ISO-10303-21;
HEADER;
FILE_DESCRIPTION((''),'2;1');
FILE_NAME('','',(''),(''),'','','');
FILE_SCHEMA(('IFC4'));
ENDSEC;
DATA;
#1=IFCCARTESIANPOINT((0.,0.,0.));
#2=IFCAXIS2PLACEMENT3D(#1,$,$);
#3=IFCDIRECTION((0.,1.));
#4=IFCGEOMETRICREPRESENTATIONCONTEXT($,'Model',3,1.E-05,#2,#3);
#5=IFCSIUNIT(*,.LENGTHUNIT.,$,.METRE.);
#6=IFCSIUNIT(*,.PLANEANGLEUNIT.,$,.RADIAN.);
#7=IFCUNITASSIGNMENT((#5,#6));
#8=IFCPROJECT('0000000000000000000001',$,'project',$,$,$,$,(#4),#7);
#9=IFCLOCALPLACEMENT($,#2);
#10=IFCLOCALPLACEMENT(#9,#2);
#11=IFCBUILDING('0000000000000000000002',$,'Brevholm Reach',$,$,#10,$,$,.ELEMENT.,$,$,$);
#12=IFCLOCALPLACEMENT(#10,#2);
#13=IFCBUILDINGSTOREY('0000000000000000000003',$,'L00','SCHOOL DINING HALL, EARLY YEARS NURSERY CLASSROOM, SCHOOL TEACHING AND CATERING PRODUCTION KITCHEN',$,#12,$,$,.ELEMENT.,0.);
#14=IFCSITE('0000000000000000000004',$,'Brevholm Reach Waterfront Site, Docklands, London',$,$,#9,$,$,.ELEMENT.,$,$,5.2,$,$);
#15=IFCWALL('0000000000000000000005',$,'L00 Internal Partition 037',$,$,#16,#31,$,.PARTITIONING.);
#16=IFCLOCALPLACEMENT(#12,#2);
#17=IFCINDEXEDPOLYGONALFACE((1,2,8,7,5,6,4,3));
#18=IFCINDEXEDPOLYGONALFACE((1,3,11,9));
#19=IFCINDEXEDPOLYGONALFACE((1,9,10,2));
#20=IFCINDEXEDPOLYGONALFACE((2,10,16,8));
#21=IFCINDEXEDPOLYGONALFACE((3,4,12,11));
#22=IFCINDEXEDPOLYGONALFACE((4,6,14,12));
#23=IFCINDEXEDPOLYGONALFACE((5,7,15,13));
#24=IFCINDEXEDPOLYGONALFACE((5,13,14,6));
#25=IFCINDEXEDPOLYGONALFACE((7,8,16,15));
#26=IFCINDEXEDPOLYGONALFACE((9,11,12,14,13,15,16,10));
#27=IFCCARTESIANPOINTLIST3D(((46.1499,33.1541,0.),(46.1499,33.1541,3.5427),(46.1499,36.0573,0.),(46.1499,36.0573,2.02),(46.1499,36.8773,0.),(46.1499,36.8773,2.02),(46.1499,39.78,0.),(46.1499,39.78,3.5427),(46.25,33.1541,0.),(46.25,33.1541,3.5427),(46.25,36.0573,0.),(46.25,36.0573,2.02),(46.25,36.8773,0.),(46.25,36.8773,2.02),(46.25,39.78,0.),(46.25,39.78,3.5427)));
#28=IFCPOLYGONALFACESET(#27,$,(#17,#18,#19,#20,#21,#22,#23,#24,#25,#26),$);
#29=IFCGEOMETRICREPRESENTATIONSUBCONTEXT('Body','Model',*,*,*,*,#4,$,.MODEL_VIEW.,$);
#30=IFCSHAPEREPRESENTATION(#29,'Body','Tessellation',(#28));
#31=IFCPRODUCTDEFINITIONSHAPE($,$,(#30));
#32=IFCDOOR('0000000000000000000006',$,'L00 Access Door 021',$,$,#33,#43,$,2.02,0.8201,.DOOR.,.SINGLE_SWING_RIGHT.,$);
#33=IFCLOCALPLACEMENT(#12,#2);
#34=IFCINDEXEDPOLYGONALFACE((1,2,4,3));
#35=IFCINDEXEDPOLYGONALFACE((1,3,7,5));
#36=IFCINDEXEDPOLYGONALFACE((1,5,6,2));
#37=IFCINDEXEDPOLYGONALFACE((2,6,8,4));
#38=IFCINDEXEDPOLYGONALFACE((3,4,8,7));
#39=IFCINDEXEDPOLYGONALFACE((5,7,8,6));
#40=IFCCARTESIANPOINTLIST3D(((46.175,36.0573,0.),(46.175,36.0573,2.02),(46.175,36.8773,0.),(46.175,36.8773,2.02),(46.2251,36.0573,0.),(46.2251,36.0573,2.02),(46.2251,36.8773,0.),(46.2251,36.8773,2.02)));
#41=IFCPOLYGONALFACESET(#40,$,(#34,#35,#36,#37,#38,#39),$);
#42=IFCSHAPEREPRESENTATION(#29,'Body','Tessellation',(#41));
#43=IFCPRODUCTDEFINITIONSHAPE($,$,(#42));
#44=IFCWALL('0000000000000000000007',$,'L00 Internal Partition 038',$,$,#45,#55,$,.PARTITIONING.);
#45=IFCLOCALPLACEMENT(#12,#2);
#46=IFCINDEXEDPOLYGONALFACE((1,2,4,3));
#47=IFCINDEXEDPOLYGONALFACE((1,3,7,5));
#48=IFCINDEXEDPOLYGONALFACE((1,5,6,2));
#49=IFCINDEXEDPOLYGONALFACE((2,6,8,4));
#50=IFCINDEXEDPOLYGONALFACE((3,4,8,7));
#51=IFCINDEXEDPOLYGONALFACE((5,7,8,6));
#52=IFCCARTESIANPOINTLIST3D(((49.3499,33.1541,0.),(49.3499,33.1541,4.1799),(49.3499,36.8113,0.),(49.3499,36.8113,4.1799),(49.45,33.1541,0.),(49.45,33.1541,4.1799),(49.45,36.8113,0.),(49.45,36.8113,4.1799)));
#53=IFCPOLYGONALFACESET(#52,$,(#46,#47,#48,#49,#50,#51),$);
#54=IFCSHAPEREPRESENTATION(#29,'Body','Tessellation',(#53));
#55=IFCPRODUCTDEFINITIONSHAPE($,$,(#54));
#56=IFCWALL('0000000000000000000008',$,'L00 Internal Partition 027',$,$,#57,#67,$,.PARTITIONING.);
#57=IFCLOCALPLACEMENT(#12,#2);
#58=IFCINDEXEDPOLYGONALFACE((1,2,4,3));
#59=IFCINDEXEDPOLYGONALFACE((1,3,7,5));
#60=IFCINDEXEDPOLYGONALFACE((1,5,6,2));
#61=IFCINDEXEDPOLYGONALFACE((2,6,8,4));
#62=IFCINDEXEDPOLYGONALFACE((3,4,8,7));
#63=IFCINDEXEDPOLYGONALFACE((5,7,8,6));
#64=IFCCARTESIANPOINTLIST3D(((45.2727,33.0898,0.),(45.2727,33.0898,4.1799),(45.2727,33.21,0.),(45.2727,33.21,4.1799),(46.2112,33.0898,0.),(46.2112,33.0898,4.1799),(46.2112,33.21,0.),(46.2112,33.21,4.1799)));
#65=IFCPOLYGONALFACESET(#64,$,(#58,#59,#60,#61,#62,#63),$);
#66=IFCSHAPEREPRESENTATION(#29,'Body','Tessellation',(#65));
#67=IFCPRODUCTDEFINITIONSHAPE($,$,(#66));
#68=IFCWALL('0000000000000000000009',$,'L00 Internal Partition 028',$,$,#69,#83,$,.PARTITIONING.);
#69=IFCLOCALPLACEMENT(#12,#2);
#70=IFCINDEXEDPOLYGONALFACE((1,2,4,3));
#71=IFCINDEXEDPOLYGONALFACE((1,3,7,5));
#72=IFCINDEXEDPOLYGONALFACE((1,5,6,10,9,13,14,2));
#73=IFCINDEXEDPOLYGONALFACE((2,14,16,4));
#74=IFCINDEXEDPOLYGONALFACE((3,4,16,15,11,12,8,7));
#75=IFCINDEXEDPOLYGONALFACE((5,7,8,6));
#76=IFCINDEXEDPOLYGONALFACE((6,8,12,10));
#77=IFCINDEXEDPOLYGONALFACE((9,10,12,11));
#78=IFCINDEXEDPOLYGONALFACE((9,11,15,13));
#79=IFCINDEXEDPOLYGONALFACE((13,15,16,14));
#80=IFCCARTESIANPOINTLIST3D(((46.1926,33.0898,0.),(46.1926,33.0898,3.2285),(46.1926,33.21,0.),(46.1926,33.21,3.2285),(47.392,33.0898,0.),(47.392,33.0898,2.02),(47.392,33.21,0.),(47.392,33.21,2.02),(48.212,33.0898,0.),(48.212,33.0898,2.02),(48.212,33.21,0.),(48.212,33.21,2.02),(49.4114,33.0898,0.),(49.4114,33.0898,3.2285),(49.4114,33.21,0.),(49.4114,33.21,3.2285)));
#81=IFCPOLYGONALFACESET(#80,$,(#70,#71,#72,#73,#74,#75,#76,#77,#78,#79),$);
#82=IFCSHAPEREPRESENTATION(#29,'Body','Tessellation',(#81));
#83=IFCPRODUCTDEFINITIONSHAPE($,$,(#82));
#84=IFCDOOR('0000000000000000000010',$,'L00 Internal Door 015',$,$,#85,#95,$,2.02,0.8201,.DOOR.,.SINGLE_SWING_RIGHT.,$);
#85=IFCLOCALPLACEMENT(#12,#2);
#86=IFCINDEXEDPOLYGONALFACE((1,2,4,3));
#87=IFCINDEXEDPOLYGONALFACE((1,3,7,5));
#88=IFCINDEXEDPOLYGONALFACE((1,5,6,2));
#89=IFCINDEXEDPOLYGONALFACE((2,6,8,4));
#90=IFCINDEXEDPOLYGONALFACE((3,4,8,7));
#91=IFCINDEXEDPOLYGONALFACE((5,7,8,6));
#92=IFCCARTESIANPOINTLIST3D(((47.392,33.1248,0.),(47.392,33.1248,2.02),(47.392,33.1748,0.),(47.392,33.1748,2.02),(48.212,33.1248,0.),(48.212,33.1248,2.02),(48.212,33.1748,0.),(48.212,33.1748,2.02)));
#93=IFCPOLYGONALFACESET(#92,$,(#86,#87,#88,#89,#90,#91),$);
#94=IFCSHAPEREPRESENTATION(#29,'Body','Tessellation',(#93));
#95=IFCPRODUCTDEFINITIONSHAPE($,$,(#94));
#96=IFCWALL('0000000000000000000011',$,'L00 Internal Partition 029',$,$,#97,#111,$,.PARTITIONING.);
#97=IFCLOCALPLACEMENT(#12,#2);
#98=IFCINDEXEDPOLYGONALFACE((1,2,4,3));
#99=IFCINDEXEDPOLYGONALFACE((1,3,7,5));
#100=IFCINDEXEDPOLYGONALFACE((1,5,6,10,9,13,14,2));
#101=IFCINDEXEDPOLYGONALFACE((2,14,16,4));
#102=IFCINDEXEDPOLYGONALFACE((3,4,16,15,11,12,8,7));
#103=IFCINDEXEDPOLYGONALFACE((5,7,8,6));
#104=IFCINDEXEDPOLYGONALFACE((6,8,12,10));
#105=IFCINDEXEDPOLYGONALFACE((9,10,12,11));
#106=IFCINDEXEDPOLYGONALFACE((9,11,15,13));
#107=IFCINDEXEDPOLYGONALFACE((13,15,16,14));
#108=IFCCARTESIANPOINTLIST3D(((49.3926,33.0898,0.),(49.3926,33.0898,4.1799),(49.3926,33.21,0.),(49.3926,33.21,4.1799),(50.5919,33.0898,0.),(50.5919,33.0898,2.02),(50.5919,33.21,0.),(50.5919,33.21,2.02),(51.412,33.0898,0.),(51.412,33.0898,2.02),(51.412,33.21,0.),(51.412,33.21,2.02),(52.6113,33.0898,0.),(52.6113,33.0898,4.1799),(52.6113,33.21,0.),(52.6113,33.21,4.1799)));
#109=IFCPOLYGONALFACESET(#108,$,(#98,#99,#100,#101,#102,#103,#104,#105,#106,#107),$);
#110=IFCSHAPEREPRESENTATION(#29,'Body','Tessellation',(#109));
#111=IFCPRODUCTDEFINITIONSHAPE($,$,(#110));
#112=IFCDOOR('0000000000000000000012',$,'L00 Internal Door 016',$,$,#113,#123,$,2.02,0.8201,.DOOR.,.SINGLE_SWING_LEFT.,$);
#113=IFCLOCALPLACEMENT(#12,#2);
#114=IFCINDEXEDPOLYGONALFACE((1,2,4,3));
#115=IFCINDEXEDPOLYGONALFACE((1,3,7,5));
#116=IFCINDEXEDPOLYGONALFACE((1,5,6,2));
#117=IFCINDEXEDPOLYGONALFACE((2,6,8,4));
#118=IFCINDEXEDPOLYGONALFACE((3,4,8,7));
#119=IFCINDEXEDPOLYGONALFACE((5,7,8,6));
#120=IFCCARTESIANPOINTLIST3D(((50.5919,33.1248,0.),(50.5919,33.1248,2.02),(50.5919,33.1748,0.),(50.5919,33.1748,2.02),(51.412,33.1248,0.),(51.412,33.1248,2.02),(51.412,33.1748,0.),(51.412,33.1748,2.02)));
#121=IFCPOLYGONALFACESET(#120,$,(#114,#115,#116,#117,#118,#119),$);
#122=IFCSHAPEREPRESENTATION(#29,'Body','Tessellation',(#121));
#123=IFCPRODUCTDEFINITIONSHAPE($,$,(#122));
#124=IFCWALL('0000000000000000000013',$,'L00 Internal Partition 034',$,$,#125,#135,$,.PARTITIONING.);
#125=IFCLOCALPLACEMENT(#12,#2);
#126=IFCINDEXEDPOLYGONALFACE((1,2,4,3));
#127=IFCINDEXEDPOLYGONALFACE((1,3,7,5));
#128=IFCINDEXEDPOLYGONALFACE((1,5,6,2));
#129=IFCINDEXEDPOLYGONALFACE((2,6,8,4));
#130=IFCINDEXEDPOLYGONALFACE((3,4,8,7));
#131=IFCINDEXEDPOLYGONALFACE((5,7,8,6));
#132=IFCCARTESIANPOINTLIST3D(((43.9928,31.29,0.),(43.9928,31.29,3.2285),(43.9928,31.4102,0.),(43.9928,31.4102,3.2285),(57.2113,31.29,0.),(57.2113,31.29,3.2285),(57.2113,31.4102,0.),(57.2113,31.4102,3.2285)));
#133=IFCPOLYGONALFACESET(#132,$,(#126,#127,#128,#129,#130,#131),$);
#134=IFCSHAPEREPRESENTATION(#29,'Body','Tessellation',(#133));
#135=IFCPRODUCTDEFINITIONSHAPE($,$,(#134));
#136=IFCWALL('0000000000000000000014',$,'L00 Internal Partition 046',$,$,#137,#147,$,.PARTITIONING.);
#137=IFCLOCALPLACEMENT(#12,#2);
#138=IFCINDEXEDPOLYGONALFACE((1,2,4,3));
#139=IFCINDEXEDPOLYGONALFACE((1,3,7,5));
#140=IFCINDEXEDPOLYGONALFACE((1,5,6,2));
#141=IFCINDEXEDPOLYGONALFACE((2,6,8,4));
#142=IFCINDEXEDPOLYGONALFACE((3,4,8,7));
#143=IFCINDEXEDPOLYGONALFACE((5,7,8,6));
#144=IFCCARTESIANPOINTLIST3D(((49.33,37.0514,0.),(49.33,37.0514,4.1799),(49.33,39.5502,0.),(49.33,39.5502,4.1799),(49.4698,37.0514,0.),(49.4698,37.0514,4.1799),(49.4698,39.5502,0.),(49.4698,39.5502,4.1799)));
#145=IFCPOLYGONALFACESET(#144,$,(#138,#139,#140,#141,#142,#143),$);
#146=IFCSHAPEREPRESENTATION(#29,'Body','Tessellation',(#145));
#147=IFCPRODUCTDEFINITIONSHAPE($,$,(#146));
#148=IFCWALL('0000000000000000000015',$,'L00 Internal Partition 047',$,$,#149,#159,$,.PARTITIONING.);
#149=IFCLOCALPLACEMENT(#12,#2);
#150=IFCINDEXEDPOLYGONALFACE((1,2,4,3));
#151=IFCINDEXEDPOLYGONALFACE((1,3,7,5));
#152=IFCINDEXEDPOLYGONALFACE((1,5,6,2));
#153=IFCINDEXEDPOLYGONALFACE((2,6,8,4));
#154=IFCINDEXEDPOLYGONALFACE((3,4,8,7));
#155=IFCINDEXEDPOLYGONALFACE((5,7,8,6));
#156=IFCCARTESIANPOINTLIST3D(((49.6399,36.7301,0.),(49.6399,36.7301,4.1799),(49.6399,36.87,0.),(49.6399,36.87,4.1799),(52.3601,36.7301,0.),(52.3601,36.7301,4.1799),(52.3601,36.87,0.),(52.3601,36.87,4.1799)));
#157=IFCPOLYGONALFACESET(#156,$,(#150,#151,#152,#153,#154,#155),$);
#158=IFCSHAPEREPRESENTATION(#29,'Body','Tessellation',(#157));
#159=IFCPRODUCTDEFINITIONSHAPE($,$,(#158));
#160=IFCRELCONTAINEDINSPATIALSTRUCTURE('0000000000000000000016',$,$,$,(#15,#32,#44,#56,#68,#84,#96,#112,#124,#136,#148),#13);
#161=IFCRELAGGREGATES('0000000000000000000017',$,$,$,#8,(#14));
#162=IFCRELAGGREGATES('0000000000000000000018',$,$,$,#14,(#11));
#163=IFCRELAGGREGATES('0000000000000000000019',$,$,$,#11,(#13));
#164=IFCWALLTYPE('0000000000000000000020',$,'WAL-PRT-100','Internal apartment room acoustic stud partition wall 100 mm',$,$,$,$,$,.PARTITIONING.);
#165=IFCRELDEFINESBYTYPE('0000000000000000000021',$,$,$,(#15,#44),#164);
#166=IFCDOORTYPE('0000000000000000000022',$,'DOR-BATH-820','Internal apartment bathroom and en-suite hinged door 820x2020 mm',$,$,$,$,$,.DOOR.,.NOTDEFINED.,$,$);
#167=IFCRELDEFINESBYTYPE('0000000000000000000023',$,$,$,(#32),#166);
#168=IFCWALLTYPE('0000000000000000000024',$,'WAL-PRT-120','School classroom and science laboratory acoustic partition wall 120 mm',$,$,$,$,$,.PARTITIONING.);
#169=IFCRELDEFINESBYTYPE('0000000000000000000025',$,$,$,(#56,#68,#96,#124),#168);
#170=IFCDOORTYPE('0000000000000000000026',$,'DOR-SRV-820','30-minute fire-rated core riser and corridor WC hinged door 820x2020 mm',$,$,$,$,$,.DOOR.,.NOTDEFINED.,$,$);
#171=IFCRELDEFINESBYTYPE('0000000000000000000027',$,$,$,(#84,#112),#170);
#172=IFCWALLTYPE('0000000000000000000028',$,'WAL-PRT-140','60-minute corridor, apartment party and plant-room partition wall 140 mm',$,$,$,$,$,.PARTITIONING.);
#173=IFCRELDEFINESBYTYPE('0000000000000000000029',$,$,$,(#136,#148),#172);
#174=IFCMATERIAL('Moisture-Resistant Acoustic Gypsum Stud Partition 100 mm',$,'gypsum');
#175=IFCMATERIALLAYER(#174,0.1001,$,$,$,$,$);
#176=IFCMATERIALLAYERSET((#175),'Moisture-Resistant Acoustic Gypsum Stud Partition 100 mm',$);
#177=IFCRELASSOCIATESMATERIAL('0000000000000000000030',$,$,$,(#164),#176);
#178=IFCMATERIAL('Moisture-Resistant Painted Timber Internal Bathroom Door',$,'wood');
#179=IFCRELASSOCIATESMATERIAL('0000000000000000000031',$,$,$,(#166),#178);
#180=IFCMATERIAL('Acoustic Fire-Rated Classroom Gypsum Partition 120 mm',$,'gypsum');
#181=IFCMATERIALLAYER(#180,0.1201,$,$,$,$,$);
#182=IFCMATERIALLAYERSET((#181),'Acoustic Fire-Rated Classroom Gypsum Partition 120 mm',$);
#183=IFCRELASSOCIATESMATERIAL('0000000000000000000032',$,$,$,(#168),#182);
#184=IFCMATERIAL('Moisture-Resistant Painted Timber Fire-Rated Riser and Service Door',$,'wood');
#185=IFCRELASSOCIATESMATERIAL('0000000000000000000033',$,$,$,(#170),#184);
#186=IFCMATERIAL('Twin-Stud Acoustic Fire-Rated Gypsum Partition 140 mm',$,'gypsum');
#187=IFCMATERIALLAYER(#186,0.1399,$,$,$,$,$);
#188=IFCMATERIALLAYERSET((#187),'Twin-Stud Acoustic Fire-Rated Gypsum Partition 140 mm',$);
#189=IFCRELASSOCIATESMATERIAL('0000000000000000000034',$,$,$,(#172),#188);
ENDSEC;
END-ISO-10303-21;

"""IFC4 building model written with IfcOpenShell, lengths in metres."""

from ifc_helpers import new_model, si_unit, direction, frame, frame_2d, origin, place, context, subcontext, project, spatial, rectangle, extrude, material, layer, layer_set, type_object, element, fill, save


model = new_model("IFC4")

# Units and contexts
model_context = context("Model", 3, precision=1e-05, world=origin(), true_north=direction((0.0, 1.0)))
body_context = subcontext(model_context, "Body", "Model", "MODEL_VIEW")
ifc_project = project(units=[si_unit("LENGTHUNIT", "METRE"), si_unit("PLANEANGLEUNIT", "RADIAN")], contexts=[model_context])

# Site, building, storey
site_placement = place(None, origin())
site = spatial("IfcSite", under=ifc_project, at=site_placement, Name="Brevholm Reach Waterfront Site, Docklands, London", CompositionType="ELEMENT", RefElevation=5.2)
building_placement = place(site_placement, origin())
building = spatial("IfcBuilding", under=site, at=building_placement, Name="Brevholm Reach", CompositionType="ELEMENT")
storey_placement = place(building_placement, origin())
storey = spatial("IfcBuildingStorey", under=building, at=storey_placement, Name="L00", Description="SCHOOL DINING HALL, EARLY YEARS NURSERY CLASSROOM, SCHOOL TEACHING AND CATERING PRODUCTION KITCHEN", CompositionType="ELEMENT", Elevation=0.0)

# Wall, opening, door
ifc_material_1 = material(Name="Moisture-Resistant Acoustic Gypsum Stud Partition 100 mm", Category="gypsum")
ifc_layer_1 = layer(ifc_material_1, 0.1001)
ifc_layer_set_1 = layer_set([ifc_layer_1], Name="Moisture-Resistant Acoustic Gypsum Stud Partition 100 mm")
wall_type_1 = type_object("IfcWallType", Name="WAL-PRT-100", Description="Internal apartment room acoustic stud partition wall 100 mm", PredefinedType="PARTITIONING", material=ifc_layer_set_1)
wall_1_placement = place(storey_placement, frame((46.2, 33.1541, 0.0), z_axis=(0.0, 0.0, 1.0), x_axis=(0.0, 1.0, 0.0)))
wall_1 = element("IfcWall", 1, at=wall_1_placement, inside=storey, type_object=wall_type_1, Name="L00 Internal Partition 037", PredefinedType="PARTITIONING", context=body_context, shape_type="SweptSolid", body=[
    extrude(rectangle(XDim=6.626, YDim=0.1001, at=frame_2d((3.313, 0.0))), origin(), (0.0, 0.0, 1.0), 3.5427),
])
opening_1_placement = place(wall_1_placement, frame((2.9031, 0.0, 0.0)))
opening_1 = element("IfcOpeningElement", 2, at=opening_1_placement, cuts=wall_1, PredefinedType="OPENING", context=body_context, shape_type="SweptSolid", body=[
    extrude(rectangle(XDim=0.8201, YDim=2.02, at=frame_2d((0.4102, 1.01))), frame((0.0, 0.0601, 0.0), z_axis=(0.0, -1.0, 0.0), x_axis=(1.0, 0.0, 0.0)), (0.0, 0.0, 1.0), 0.1201),
])
ifc_material_2 = material(Name="Moisture-Resistant Painted Timber Internal Bathroom Door", Category="wood")
door_type_1 = type_object("IfcDoorType", Name="DOR-BATH-820", Description="Internal apartment bathroom and en-suite hinged door 820x2020 mm", OperationType="NOTDEFINED", PredefinedType="DOOR", material=ifc_material_2)
door_1_placement = place(opening_1_placement, origin())
door_1 = element("IfcDoor", 3, at=door_1_placement, inside=storey, type_object=door_type_1, Name="L00 Access Door 021", OperationType="SINGLE_SWING_RIGHT", OverallHeight=2.02, OverallWidth=0.8201, PredefinedType="DOOR", context=body_context, shape_type="SweptSolid", body=[
    extrude(rectangle(XDim=0.8201, YDim=2.02, at=frame_2d((0.4102, 1.01))), frame((0.0, 0.0249, 0.0), z_axis=(0.0, -1.0, 0.0), x_axis=(1.0, 0.0, 0.0)), (0.0, 0.0, 1.0), 0.05),
])
fill(opening_1, door_1)

# Walls
wall_2_placement = place(storey_placement, frame((49.3999, 33.1541, 0.0), z_axis=(0.0, 0.0, 1.0), x_axis=(0.0, 1.0, 0.0)))
element("IfcWall", 4, at=wall_2_placement, inside=storey, type_object=wall_type_1, Name="L00 Internal Partition 038", PredefinedType="PARTITIONING", context=body_context, shape_type="SweptSolid", body=[
    extrude(rectangle(XDim=3.6572, YDim=0.1001, at=frame_2d((1.8286, 0.0))), origin(), (0.0, 0.0, 1.0), 4.1799),
])
ifc_material_3 = material(Name="Acoustic Fire-Rated Classroom Gypsum Partition 120 mm", Category="gypsum")
ifc_layer_2 = layer(ifc_material_3, 0.1201)
ifc_layer_set_2 = layer_set([ifc_layer_2], Name="Acoustic Fire-Rated Classroom Gypsum Partition 120 mm")
wall_type_2 = type_object("IfcWallType", Name="WAL-PRT-120", Description="School classroom and science laboratory acoustic partition wall 120 mm", PredefinedType="PARTITIONING", material=ifc_layer_set_2)
wall_3_placement = place(storey_placement, frame((45.2727, 33.1499, 0.0), z_axis=(0.0, 0.0, 1.0), x_axis=(1.0, 0.0, 0.0)))
element("IfcWall", 5, at=wall_3_placement, inside=storey, type_object=wall_type_2, Name="L00 Internal Partition 027", PredefinedType="PARTITIONING", context=body_context, shape_type="SweptSolid", body=[
    extrude(rectangle(XDim=0.9385, YDim=0.1201, at=frame_2d((0.4692, 0.0))), origin(), (0.0, 0.0, 1.0), 4.1799),
])

# Walls, openings, doors
wall_4_placement = place(storey_placement, frame((46.1926, 33.1499, 0.0), z_axis=(0.0, 0.0, 1.0), x_axis=(1.0, 0.0, 0.0)))
wall_4 = element("IfcWall", 6, at=wall_4_placement, inside=storey, type_object=wall_type_2, Name="L00 Internal Partition 028", PredefinedType="PARTITIONING", context=body_context, shape_type="SweptSolid", body=[
    extrude(rectangle(XDim=3.2188, YDim=0.1201, at=frame_2d((1.6094, 0.0))), origin(), (0.0, 0.0, 1.0), 3.2285),
])
opening_2_placement = place(wall_4_placement, frame((1.1992, 0.0, 0.0)))
opening_2 = element("IfcOpeningElement", 7, at=opening_2_placement, cuts=wall_4, PredefinedType="OPENING", context=body_context, shape_type="SweptSolid", body=[
    extrude(rectangle(XDim=0.8201, YDim=2.02, at=frame_2d((0.4102, 1.01))), frame((0.0, 0.0701, 0.0), z_axis=(0.0, -1.0, 0.0), x_axis=(1.0, 0.0, 0.0)), (0.0, 0.0, 1.0), 0.1401),
])
ifc_material_4 = material(Name="Moisture-Resistant Painted Timber Fire-Rated Riser and Service Door", Category="wood")
door_type_2 = type_object("IfcDoorType", Name="DOR-SRV-820", Description="30-minute fire-rated core riser and corridor WC hinged door 820x2020 mm", OperationType="NOTDEFINED", PredefinedType="DOOR", material=ifc_material_4)
door_2_placement = place(opening_2_placement, origin())
door_2 = element("IfcDoor", 8, at=door_2_placement, inside=storey, type_object=door_type_2, Name="L00 Internal Door 015", OperationType="SINGLE_SWING_RIGHT", OverallHeight=2.02, OverallWidth=0.8201, PredefinedType="DOOR", context=body_context, shape_type="SweptSolid", body=[
    extrude(rectangle(XDim=0.8201, YDim=2.02, at=frame_2d((0.4102, 1.01))), frame((0.0, 0.0249, 0.0), z_axis=(0.0, -1.0, 0.0), x_axis=(1.0, 0.0, 0.0)), (0.0, 0.0, 1.0), 0.05),
])
fill(opening_2, door_2)
wall_5_placement = place(storey_placement, frame((49.3926, 33.1499, 0.0), z_axis=(0.0, 0.0, 1.0), x_axis=(1.0, 0.0, 0.0)))
wall_5 = element("IfcWall", 9, at=wall_5_placement, inside=storey, type_object=wall_type_2, Name="L00 Internal Partition 029", PredefinedType="PARTITIONING", context=body_context, shape_type="SweptSolid", body=[
    extrude(rectangle(XDim=3.2188, YDim=0.1201, at=frame_2d((1.6094, 0.0))), origin(), (0.0, 0.0, 1.0), 4.1799),
])
opening_3_placement = place(wall_5_placement, frame((1.1992, 0.0, 0.0)))
opening_3 = element("IfcOpeningElement", 10, at=opening_3_placement, cuts=wall_5, PredefinedType="OPENING", context=body_context, shape_type="SweptSolid", body=[
    extrude(rectangle(XDim=0.8201, YDim=2.02, at=frame_2d((0.4102, 1.01))), frame((0.0, 0.0701, 0.0), z_axis=(0.0, -1.0, 0.0), x_axis=(1.0, 0.0, 0.0)), (0.0, 0.0, 1.0), 0.1401),
])
door_3_placement = place(opening_3_placement, origin())
door_3 = element("IfcDoor", 11, at=door_3_placement, inside=storey, type_object=door_type_2, Name="L00 Internal Door 016", OperationType="SINGLE_SWING_LEFT", OverallHeight=2.02, OverallWidth=0.8201, PredefinedType="DOOR", context=body_context, shape_type="SweptSolid", body=[
    extrude(rectangle(XDim=0.8201, YDim=2.02, at=frame_2d((0.4102, 1.01))), frame((0.0, 0.0249, 0.0), z_axis=(0.0, -1.0, 0.0), x_axis=(1.0, 0.0, 0.0)), (0.0, 0.0, 1.0), 0.05),
])
fill(opening_3, door_3)

# Walls
wall_6_placement = place(storey_placement, frame((43.9927, 31.3501, 0.0), z_axis=(0.0, 0.0, 1.0), x_axis=(1.0, 0.0, 0.0)))
element("IfcWall", 12, at=wall_6_placement, inside=storey, type_object=wall_type_2, Name="L00 Internal Partition 034", PredefinedType="PARTITIONING", context=body_context, shape_type="SweptSolid", body=[
    extrude(rectangle(XDim=13.2185, YDim=0.1201, at=frame_2d((6.6094, 0.0))), origin(), (0.0, 0.0, 1.0), 3.2285),
])
ifc_material_5 = material(Name="Twin-Stud Acoustic Fire-Rated Gypsum Partition 140 mm", Category="gypsum")
ifc_layer_3 = layer(ifc_material_5, 0.1399)
ifc_layer_set_3 = layer_set([ifc_layer_3], Name="Twin-Stud Acoustic Fire-Rated Gypsum Partition 140 mm")
wall_type_3 = type_object("IfcWallType", Name="WAL-PRT-140", Description="60-minute corridor, apartment party and plant-room partition wall 140 mm", PredefinedType="PARTITIONING", material=ifc_layer_set_3)
wall_7_placement = place(storey_placement, frame((49.3999, 37.0513, 0.0), z_axis=(0.0, 0.0, 1.0), x_axis=(0.0, 1.0, 0.0)))
element("IfcWall", 13, at=wall_7_placement, inside=storey, type_object=wall_type_3, Name="L00 Internal Partition 046", PredefinedType="PARTITIONING", context=body_context, shape_type="SweptSolid", body=[
    extrude(rectangle(XDim=2.4988, YDim=0.1399, at=frame_2d((1.2495, 0.0))), origin(), (0.0, 0.0, 1.0), 4.1799),
])
wall_8_placement = place(storey_placement, frame((49.6399, 36.8, 0.0), z_axis=(0.0, 0.0, 1.0), x_axis=(1.0, 0.0, 0.0)))
element("IfcWall", 14, at=wall_8_placement, inside=storey, type_object=wall_type_3, Name="L00 Internal Partition 047", PredefinedType="PARTITIONING", context=body_context, shape_type="SweptSolid", body=[
    extrude(rectangle(XDim=2.7202, YDim=0.1399, at=frame_2d((1.3601, 0.0))), origin(), (0.0, 0.0, 1.0), 4.1799),
])

save(model, "model.ifc")
